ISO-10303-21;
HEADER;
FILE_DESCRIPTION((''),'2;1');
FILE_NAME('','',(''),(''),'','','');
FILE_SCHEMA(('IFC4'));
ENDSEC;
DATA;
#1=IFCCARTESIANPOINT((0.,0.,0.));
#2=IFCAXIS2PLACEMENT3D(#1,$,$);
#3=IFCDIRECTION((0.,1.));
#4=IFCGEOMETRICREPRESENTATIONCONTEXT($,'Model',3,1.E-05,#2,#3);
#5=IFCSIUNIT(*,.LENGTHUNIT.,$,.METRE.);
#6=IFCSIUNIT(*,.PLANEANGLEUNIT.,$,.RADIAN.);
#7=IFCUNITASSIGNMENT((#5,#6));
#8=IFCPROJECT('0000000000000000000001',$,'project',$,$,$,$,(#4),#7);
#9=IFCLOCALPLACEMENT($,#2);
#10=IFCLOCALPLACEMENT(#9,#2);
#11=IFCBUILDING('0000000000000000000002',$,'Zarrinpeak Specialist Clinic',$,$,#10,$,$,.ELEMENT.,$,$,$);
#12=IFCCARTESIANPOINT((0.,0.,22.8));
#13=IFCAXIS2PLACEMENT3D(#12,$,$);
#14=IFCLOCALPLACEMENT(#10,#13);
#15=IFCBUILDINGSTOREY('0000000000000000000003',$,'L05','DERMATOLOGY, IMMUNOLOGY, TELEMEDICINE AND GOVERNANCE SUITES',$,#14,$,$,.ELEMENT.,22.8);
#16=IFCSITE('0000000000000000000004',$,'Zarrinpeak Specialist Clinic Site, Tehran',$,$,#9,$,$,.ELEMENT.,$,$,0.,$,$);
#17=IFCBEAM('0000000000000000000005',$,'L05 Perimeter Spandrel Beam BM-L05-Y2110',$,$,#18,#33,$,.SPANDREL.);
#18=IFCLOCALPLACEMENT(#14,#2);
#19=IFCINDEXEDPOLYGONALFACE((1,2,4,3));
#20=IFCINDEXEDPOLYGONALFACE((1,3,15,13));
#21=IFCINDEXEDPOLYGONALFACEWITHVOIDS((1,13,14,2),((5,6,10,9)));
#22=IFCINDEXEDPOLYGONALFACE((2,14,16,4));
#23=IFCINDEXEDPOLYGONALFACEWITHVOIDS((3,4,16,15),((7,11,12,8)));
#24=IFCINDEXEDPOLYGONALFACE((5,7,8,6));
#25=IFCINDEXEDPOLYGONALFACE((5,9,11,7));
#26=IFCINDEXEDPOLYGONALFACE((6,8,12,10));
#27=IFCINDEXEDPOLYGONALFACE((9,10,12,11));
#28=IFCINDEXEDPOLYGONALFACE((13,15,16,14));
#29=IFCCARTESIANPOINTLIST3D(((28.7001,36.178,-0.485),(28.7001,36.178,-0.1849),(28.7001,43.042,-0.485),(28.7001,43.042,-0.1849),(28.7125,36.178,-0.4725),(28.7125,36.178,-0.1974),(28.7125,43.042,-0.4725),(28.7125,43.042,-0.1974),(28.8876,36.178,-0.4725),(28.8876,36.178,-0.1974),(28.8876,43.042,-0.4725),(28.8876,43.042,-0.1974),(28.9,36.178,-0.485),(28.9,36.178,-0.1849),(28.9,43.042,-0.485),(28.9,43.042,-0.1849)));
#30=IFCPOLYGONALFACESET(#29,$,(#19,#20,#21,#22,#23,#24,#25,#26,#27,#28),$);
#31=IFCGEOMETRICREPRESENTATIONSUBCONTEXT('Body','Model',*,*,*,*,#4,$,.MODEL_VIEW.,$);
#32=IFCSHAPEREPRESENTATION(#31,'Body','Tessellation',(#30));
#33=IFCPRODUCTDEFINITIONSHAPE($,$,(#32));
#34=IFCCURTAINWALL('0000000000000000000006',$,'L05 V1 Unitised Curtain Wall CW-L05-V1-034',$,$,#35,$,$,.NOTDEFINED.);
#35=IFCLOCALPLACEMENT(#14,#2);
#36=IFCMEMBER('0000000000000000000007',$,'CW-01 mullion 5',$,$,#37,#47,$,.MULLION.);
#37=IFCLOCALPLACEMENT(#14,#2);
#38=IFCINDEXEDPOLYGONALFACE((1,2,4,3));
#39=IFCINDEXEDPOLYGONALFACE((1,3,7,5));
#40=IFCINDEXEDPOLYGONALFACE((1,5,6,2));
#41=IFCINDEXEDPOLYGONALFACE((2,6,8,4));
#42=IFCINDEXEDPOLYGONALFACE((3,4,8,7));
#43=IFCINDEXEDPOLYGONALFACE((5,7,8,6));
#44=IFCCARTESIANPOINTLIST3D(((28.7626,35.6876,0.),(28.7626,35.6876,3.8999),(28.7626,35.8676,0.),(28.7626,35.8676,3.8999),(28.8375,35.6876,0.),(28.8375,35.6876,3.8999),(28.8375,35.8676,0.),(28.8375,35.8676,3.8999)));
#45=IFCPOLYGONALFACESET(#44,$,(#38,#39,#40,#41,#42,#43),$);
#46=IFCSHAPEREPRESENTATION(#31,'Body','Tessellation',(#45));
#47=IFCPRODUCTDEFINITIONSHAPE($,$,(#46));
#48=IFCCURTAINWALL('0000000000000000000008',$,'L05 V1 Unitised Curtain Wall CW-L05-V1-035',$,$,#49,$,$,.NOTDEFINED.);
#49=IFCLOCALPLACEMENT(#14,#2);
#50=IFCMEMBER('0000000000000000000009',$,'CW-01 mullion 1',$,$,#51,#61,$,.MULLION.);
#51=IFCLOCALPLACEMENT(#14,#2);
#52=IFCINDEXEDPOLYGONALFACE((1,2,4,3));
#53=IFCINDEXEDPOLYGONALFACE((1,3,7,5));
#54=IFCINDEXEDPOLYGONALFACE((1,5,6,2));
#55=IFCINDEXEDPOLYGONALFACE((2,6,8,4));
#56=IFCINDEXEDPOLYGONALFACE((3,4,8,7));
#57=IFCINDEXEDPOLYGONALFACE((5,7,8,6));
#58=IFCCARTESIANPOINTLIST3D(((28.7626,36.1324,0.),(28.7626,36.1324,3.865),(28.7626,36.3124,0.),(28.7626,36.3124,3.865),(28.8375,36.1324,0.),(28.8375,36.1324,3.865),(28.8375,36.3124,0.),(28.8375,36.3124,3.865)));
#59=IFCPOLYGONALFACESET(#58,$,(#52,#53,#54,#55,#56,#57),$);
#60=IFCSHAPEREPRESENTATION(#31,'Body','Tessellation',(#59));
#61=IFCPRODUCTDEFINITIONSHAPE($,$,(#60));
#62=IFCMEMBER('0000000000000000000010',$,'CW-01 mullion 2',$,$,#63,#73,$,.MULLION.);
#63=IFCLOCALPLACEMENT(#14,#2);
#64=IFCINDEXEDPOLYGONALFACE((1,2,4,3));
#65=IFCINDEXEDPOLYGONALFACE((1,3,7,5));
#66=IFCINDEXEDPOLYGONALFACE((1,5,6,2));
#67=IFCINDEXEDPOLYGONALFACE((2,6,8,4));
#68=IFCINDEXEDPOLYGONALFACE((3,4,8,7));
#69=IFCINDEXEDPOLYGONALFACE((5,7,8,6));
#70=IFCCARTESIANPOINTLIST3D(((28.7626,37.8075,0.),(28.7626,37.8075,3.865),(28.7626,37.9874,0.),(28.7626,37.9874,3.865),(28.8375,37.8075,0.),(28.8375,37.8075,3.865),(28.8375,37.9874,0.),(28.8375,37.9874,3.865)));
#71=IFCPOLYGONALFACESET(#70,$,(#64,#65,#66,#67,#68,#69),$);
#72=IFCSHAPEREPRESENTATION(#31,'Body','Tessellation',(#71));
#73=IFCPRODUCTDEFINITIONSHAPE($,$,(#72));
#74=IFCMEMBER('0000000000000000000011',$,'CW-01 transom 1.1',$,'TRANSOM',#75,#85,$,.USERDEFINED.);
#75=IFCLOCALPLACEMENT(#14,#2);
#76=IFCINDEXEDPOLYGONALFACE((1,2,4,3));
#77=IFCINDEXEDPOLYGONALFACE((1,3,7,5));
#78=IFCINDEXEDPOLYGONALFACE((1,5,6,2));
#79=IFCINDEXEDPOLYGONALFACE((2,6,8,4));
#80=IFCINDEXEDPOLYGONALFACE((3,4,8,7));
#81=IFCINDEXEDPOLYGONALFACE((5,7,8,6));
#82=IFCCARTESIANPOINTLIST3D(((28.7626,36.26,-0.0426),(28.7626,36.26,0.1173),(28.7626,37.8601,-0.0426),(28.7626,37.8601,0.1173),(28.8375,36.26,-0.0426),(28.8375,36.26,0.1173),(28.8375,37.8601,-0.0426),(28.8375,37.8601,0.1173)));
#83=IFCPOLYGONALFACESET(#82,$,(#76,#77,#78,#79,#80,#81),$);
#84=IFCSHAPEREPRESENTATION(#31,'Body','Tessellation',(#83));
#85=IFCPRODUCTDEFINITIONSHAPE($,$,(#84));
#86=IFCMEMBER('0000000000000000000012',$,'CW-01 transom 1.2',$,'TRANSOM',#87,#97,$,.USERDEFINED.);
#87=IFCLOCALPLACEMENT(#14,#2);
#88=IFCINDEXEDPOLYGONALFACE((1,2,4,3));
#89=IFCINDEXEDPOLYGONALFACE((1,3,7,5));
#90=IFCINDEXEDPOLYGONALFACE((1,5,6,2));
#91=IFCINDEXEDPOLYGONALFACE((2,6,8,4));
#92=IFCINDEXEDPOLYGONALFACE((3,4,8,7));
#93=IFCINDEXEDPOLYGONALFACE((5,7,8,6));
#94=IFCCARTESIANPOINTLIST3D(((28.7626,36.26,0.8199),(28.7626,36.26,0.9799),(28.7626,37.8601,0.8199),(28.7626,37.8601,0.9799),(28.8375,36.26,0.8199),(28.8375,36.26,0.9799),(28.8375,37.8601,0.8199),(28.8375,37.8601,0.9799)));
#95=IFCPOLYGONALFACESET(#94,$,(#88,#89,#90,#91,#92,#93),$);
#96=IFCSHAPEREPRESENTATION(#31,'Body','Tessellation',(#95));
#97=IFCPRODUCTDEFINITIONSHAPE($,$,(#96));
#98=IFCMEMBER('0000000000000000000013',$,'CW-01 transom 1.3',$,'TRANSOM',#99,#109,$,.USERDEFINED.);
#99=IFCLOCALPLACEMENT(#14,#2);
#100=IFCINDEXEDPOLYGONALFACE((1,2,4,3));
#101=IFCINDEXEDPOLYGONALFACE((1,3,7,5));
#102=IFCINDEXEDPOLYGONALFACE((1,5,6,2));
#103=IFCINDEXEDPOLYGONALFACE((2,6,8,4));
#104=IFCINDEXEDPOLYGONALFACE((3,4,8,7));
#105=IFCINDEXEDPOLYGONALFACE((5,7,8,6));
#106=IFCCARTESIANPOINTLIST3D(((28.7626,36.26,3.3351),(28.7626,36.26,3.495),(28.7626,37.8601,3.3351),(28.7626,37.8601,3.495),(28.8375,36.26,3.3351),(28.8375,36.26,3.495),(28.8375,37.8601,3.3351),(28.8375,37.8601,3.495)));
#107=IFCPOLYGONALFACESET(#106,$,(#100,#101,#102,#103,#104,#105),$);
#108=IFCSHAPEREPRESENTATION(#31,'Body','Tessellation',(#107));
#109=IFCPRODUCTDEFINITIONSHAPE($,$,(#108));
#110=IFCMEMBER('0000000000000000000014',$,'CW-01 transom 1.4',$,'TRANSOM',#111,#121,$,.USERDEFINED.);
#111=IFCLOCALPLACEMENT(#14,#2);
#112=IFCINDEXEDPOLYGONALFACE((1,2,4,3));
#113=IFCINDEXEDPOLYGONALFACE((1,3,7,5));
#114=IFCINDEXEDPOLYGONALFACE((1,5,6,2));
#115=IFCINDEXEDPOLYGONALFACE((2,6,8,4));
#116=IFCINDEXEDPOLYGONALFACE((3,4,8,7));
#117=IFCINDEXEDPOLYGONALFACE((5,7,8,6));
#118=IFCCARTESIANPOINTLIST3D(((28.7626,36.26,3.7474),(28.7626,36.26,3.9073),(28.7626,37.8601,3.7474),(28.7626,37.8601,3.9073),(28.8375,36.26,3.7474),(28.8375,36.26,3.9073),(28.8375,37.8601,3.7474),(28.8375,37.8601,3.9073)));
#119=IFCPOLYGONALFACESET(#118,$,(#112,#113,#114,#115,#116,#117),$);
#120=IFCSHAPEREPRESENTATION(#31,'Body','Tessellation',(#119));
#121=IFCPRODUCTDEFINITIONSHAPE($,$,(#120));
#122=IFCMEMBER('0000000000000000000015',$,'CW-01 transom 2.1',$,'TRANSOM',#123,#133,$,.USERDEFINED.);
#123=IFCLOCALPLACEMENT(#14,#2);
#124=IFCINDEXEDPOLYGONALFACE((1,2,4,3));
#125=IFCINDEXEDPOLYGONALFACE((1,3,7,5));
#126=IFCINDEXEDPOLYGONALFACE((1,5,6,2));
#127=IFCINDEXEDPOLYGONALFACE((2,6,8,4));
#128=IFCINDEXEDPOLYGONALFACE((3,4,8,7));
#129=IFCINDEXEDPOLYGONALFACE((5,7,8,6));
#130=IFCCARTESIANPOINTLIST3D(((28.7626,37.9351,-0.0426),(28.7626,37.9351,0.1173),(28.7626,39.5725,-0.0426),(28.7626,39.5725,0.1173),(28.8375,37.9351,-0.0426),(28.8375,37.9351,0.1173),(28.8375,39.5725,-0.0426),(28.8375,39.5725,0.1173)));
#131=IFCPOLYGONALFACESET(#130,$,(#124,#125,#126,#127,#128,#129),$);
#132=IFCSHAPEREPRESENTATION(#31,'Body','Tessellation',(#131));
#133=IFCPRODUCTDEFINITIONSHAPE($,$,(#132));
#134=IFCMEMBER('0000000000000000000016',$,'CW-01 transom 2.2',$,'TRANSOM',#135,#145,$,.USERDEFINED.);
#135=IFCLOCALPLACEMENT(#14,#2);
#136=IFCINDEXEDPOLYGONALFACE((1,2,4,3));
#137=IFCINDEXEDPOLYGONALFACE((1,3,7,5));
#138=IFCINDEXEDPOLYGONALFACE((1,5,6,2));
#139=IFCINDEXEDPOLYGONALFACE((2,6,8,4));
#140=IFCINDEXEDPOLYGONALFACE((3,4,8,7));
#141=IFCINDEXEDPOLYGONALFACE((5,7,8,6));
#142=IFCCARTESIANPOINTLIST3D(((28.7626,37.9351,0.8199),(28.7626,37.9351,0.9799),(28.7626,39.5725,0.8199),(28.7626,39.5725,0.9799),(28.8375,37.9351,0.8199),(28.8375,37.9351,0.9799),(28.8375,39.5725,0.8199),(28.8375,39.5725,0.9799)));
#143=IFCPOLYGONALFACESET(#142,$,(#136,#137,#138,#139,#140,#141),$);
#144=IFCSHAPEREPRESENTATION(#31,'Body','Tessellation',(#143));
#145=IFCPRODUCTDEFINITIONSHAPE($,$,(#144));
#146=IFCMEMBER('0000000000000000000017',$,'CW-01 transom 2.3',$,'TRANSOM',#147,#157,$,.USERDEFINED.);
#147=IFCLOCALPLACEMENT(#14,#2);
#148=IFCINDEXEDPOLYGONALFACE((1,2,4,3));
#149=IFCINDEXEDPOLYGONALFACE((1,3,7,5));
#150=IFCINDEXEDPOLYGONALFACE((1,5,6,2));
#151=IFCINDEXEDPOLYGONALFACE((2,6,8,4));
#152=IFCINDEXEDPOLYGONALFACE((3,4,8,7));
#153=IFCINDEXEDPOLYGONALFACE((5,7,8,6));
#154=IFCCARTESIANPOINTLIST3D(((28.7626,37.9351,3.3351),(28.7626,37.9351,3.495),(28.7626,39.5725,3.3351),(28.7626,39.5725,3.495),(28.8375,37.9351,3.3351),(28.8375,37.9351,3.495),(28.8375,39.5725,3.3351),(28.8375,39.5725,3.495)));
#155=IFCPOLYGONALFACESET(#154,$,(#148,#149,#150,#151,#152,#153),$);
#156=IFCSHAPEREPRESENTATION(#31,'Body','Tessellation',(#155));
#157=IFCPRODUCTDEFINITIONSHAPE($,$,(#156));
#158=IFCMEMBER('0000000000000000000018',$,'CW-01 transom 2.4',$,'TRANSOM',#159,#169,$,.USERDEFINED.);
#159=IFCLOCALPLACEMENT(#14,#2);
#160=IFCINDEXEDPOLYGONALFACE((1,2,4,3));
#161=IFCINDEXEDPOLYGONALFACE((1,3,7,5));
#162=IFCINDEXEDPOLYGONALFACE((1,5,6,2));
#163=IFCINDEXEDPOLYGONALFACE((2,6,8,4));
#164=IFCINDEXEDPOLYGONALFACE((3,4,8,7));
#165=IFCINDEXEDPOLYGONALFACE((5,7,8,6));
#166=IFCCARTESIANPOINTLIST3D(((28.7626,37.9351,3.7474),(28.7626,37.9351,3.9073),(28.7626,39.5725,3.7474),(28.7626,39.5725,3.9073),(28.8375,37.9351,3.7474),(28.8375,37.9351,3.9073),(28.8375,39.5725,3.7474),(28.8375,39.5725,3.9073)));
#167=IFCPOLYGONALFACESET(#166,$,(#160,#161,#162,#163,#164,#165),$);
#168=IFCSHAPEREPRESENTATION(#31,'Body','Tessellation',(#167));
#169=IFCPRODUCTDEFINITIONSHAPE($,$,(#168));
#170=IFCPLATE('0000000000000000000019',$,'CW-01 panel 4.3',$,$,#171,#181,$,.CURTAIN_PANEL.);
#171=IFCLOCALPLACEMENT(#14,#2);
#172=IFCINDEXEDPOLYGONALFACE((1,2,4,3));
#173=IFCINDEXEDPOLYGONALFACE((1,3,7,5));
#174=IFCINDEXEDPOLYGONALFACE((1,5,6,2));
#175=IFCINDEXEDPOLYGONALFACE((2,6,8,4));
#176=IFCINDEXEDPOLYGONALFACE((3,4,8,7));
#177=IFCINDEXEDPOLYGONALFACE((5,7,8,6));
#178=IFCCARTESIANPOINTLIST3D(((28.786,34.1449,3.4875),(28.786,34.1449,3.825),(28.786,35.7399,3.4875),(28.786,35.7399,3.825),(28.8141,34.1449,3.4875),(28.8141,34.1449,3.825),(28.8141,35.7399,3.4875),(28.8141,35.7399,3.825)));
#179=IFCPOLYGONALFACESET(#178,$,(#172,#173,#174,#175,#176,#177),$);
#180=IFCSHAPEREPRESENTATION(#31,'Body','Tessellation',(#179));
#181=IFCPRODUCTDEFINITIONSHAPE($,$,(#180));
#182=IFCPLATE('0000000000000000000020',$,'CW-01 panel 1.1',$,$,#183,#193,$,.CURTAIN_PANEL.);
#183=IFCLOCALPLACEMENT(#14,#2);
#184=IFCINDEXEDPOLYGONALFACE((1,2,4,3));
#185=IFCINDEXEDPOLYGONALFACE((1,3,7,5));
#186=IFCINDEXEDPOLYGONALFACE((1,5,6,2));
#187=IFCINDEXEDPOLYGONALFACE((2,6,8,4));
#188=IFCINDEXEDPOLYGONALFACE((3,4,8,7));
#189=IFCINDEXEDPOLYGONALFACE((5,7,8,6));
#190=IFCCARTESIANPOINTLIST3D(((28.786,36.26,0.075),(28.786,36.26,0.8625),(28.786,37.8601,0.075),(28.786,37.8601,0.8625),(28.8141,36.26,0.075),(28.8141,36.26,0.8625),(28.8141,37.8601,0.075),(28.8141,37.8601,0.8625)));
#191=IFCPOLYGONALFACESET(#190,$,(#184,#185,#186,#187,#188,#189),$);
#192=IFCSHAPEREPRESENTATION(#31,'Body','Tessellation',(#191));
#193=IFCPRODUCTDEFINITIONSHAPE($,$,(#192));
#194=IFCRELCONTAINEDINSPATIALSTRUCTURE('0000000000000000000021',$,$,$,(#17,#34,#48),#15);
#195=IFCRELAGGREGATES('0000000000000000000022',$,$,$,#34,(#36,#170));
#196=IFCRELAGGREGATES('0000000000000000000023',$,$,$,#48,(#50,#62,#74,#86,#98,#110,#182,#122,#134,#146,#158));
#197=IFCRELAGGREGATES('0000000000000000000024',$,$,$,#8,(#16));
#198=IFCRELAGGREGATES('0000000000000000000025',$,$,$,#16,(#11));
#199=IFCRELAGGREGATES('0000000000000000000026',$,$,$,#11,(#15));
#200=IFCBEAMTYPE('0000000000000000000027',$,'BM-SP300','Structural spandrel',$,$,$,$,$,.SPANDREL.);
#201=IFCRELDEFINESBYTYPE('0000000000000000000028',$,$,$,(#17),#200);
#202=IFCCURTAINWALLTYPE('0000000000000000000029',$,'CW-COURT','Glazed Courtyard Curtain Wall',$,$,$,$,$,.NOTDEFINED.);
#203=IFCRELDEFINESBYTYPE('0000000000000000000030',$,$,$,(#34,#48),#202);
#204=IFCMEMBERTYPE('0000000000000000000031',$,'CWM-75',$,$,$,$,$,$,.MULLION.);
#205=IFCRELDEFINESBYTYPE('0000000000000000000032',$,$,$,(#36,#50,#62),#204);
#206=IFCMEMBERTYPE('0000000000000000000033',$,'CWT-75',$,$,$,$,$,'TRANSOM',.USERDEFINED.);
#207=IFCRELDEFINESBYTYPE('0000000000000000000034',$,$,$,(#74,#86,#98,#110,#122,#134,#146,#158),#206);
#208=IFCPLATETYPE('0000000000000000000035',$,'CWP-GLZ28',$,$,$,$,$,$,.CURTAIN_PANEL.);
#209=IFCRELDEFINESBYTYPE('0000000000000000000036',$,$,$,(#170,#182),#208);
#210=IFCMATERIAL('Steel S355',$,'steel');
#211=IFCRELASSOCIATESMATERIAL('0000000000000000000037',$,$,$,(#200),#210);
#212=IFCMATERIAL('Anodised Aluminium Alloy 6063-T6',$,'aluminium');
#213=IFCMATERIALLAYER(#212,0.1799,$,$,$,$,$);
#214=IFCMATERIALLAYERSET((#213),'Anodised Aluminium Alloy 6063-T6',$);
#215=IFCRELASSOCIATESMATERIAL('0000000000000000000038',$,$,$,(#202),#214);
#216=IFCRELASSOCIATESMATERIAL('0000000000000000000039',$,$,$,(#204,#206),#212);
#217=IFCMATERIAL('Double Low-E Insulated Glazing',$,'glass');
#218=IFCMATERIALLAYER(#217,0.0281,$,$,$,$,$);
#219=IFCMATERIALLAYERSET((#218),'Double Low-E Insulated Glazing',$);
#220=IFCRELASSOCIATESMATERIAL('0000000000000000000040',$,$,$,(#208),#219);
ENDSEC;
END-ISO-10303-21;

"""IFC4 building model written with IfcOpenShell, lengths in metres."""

from ifc_helpers import new_model, si_unit, direction, frame, origin, origin_2d, place, context, subcontext, project, spatial, rectangle, hollow_rectangle, extrude, material, layer, layer_set, material_profile, profile_set, type_object, element, aggregate, save


model = new_model("IFC4")

# Units and contexts
model_context = context("Model", 3, precision=1e-05, world=origin(), true_north=direction((0.0, 1.0)))
body_context = subcontext(model_context, "Body", "Model", "MODEL_VIEW")
ifc_project = project(units=[si_unit("LENGTHUNIT", "METRE"), si_unit("PLANEANGLEUNIT", "RADIAN")], contexts=[model_context])

# Site, building, storey
site_placement = place(None, origin())
site = spatial("IfcSite", under=ifc_project, at=site_placement, Name="Zarrinpeak Specialist Clinic Site, Tehran", CompositionType="ELEMENT", RefElevation=0.0)
building_placement = place(site_placement, origin())
building = spatial("IfcBuilding", under=site, at=building_placement, Name="Zarrinpeak Specialist Clinic", CompositionType="ELEMENT")
storey_placement = place(building_placement, frame((0.0, 0.0, 22.8)))
storey = spatial("IfcBuildingStorey", under=building, at=storey_placement, Name="L05", Description="DERMATOLOGY, IMMUNOLOGY, TELEMEDICINE AND GOVERNANCE SUITES", CompositionType="ELEMENT", Elevation=22.8)

# Shared definitions
ifc_material_1 = material(Name="Steel S355", Category="steel")

# Beam
ifc_material_profile_1 = material_profile(ifc_material_1, hollow_rectangle(XDim=0.2, YDim=0.3, WallThickness=0.0125, at=origin_2d()), Name="RHS 300x200x12.5")
ifc_profile_set_1 = profile_set([ifc_material_profile_1], Name="Steel S355")
beam_type_1 = type_object("IfcBeamType", Name="BM-SP300", Description="Structural spandrel", PredefinedType="SPANDREL", material=ifc_profile_set_1)
beam_1_placement = place(storey_placement, frame((28.8, 36.178, -0.335), z_axis=(0.0, 1.0, 0.0), x_axis=(-1.0, 0.0, 0.0)))
element("IfcBeam", 1, at=beam_1_placement, inside=storey, type_object=beam_type_1, Name="L05 Perimeter Spandrel Beam BM-L05-Y2110", PredefinedType="SPANDREL", context=body_context, shape_type="SweptSolid", body=[
    extrude(hollow_rectangle(XDim=0.2, YDim=0.3, WallThickness=0.0125, at=origin_2d()), origin(), (0.0, 0.0, 1.0), 6.864),
])

# Curtain wall, member
ifc_material_2 = material(Name="Anodised Aluminium Alloy 6063-T6", Category="aluminium")
ifc_layer_1 = layer(ifc_material_2, 0.1799)
ifc_layer_set_1 = layer_set([ifc_layer_1], Name="Anodised Aluminium Alloy 6063-T6")
curtain_wall_type = type_object("IfcCurtainWallType", Name="CW-COURT", Description="Glazed Courtyard Curtain Wall", PredefinedType="NOTDEFINED", material=ifc_layer_set_1)
curtain_wall_1_placement = place(storey_placement, origin())
curtain_wall_1 = element("IfcCurtainWall", 2, at=curtain_wall_1_placement, inside=storey, type_object=curtain_wall_type, Name="L05 V1 Unitised Curtain Wall CW-L05-V1-034", PredefinedType="NOTDEFINED")
ifc_material_profile_2 = material_profile(ifc_material_2, rectangle(XDim=0.075, YDim=0.1799, at=origin_2d()), Name="ALU 75x180")
ifc_profile_set_2 = profile_set([ifc_material_profile_2], Name="Anodised Aluminium Alloy 6063-T6")
member_type_1 = type_object("IfcMemberType", Name="CWM-75", PredefinedType="MULLION", material=ifc_profile_set_2)
member_1_placement = place(storey_placement, frame((28.8, 35.7776, 0.0), z_axis=(0.0, 0.0, 1.0), x_axis=(-1.0, 0.0, 0.0)))
member_1 = element("IfcMember", 3, at=member_1_placement, type_object=member_type_1, Name="CW-01 mullion 5", PredefinedType="MULLION", context=body_context, shape_type="SweptSolid", body=[
    extrude(rectangle(XDim=0.075, YDim=0.1799, at=origin_2d()), origin(), (0.0, 0.0, 1.0), 3.8999),
])

# Curtain wall, members
curtain_wall_2_placement = place(storey_placement, origin())
curtain_wall_2 = element("IfcCurtainWall", 4, at=curtain_wall_2_placement, inside=storey, type_object=curtain_wall_type, Name="L05 V1 Unitised Curtain Wall CW-L05-V1-035", PredefinedType="NOTDEFINED")
member_2_placement = place(storey_placement, frame((28.8, 36.2224, 0.0), z_axis=(0.0, 0.0, 1.0), x_axis=(-1.0, 0.0, 0.0)))
member_2 = element("IfcMember", 5, at=member_2_placement, type_object=member_type_1, Name="CW-01 mullion 1", PredefinedType="MULLION", context=body_context, shape_type="SweptSolid", body=[
    extrude(rectangle(XDim=0.075, YDim=0.1799, at=origin_2d()), origin(), (0.0, 0.0, 1.0), 3.865),
])
member_3_placement = place(storey_placement, frame((28.8, 37.8975, 0.0), z_axis=(0.0, 0.0, 1.0), x_axis=(-1.0, 0.0, 0.0)))
member_3 = element("IfcMember", 6, at=member_3_placement, type_object=member_type_1, Name="CW-01 mullion 2", PredefinedType="MULLION", context=body_context, shape_type="SweptSolid", body=[
    extrude(rectangle(XDim=0.075, YDim=0.1799, at=origin_2d()), origin(), (0.0, 0.0, 1.0), 3.865),
])
ifc_material_profile_3 = material_profile(ifc_material_2, rectangle(XDim=0.075, YDim=0.1599, at=origin_2d()), Name="ALU 75x160")
ifc_profile_set_3 = profile_set([ifc_material_profile_3], Name="Anodised Aluminium Alloy 6063-T6")
member_type_2 = type_object("IfcMemberType", Name="CWT-75", ElementType="TRANSOM", PredefinedType="USERDEFINED", material=ifc_profile_set_3)
member_4_placement = place(storey_placement, frame((28.8, 36.26, 0.0374), z_axis=(0.0, 1.0, 0.0), x_axis=(-1.0, 0.0, 0.0)))
member_4 = element("IfcMember", 7, at=member_4_placement, type_object=member_type_2, Name="CW-01 transom 1.1", ObjectType="TRANSOM", PredefinedType="USERDEFINED", context=body_context, shape_type="SweptSolid", body=[
    extrude(rectangle(XDim=0.075, YDim=0.1599, at=origin_2d()), origin(), (0.0, 0.0, 1.0), 1.6001),
])
member_5_placement = place(storey_placement, frame((28.8, 36.26, 0.8999), z_axis=(0.0, 1.0, 0.0), x_axis=(-1.0, 0.0, 0.0)))
member_5 = element("IfcMember", 8, at=member_5_placement, type_object=member_type_2, Name="CW-01 transom 1.2", ObjectType="TRANSOM", PredefinedType="USERDEFINED", context=body_context, shape_type="SweptSolid", body=[
    extrude(rectangle(XDim=0.075, YDim=0.1599, at=origin_2d()), origin(), (0.0, 0.0, 1.0), 1.6001),
])
member_6_placement = place(storey_placement, frame((28.8, 36.26, 3.415), z_axis=(0.0, 1.0, 0.0), x_axis=(-1.0, 0.0, 0.0)))
member_6 = element("IfcMember", 9, at=member_6_placement, type_object=member_type_2, Name="CW-01 transom 1.3", ObjectType="TRANSOM", PredefinedType="USERDEFINED", context=body_context, shape_type="SweptSolid", body=[
    extrude(rectangle(XDim=0.075, YDim=0.1599, at=origin_2d()), origin(), (0.0, 0.0, 1.0), 1.6001),
])
member_7_placement = place(storey_placement, frame((28.8, 36.26, 3.8274), z_axis=(0.0, 1.0, 0.0), x_axis=(-1.0, 0.0, 0.0)))
member_7 = element("IfcMember", 10, at=member_7_placement, type_object=member_type_2, Name="CW-01 transom 1.4", ObjectType="TRANSOM", PredefinedType="USERDEFINED", context=body_context, shape_type="SweptSolid", body=[
    extrude(rectangle(XDim=0.075, YDim=0.1599, at=origin_2d()), origin(), (0.0, 0.0, 1.0), 1.6001),
])
member_8_placement = place(storey_placement, frame((28.8, 37.9351, 0.0374), z_axis=(0.0, 1.0, 0.0), x_axis=(-1.0, 0.0, 0.0)))
member_8 = element("IfcMember", 11, at=member_8_placement, type_object=member_type_2, Name="CW-01 transom 2.1", ObjectType="TRANSOM", PredefinedType="USERDEFINED", context=body_context, shape_type="SweptSolid", body=[
    extrude(rectangle(XDim=0.075, YDim=0.1599, at=origin_2d()), origin(), (0.0, 0.0, 1.0), 1.6375),
])
member_9_placement = place(storey_placement, frame((28.8, 37.9351, 0.8999), z_axis=(0.0, 1.0, 0.0), x_axis=(-1.0, 0.0, 0.0)))
member_9 = element("IfcMember", 12, at=member_9_placement, type_object=member_type_2, Name="CW-01 transom 2.2", ObjectType="TRANSOM", PredefinedType="USERDEFINED", context=body_context, shape_type="SweptSolid", body=[
    extrude(rectangle(XDim=0.075, YDim=0.1599, at=origin_2d()), origin(), (0.0, 0.0, 1.0), 1.6375),
])
member_10_placement = place(storey_placement, frame((28.8, 37.9351, 3.415), z_axis=(0.0, 1.0, 0.0), x_axis=(-1.0, 0.0, 0.0)))
member_10 = element("IfcMember", 13, at=member_10_placement, type_object=member_type_2, Name="CW-01 transom 2.3", ObjectType="TRANSOM", PredefinedType="USERDEFINED", context=body_context, shape_type="SweptSolid", body=[
    extrude(rectangle(XDim=0.075, YDim=0.1599, at=origin_2d()), origin(), (0.0, 0.0, 1.0), 1.6375),
])
member_11_placement = place(storey_placement, frame((28.8, 37.9351, 3.8274), z_axis=(0.0, 1.0, 0.0), x_axis=(-1.0, 0.0, 0.0)))
member_11 = element("IfcMember", 14, at=member_11_placement, type_object=member_type_2, Name="CW-01 transom 2.4", ObjectType="TRANSOM", PredefinedType="USERDEFINED", context=body_context, shape_type="SweptSolid", body=[
    extrude(rectangle(XDim=0.075, YDim=0.1599, at=origin_2d()), origin(), (0.0, 0.0, 1.0), 1.6375),
])

# Plates
ifc_material_3 = material(Name="Double Low-E Insulated Glazing", Category="glass")
ifc_layer_2 = layer(ifc_material_3, 0.0281)
ifc_layer_set_2 = layer_set([ifc_layer_2], Name="Double Low-E Insulated Glazing")
plate_type = type_object("IfcPlateType", Name="CWP-GLZ28", PredefinedType="CURTAIN_PANEL", material=ifc_layer_set_2)
plate_1_placement = place(storey_placement, frame((28.8, 34.9424, 3.4875), z_axis=(0.0, 0.0, 1.0), x_axis=(0.0, 1.0, 0.0)))
plate_1 = element("IfcPlate", 15, at=plate_1_placement, type_object=plate_type, Name="CW-01 panel 4.3", PredefinedType="CURTAIN_PANEL", context=body_context, shape_type="SweptSolid", body=[
    extrude(rectangle(XDim=1.595, YDim=0.0281, at=origin_2d()), origin(), (0.0, 0.0, 1.0), 0.3374),
])
aggregate(curtain_wall_1, [member_1, plate_1])
plate_2_placement = place(storey_placement, frame((28.8, 37.0601, 0.075), z_axis=(0.0, 0.0, 1.0), x_axis=(0.0, 1.0, 0.0)))
plate_2 = element("IfcPlate", 16, at=plate_2_placement, type_object=plate_type, Name="CW-01 panel 1.1", PredefinedType="CURTAIN_PANEL", context=body_context, shape_type="SweptSolid", body=[
    extrude(rectangle(XDim=1.6001, YDim=0.0281, at=origin_2d()), origin(), (0.0, 0.0, 1.0), 0.7876),
])
aggregate(curtain_wall_2, [member_2, member_3, member_4, member_5, member_6, member_7, plate_2, member_8, member_9, member_10, member_11])

save(model, "model.ifc")
